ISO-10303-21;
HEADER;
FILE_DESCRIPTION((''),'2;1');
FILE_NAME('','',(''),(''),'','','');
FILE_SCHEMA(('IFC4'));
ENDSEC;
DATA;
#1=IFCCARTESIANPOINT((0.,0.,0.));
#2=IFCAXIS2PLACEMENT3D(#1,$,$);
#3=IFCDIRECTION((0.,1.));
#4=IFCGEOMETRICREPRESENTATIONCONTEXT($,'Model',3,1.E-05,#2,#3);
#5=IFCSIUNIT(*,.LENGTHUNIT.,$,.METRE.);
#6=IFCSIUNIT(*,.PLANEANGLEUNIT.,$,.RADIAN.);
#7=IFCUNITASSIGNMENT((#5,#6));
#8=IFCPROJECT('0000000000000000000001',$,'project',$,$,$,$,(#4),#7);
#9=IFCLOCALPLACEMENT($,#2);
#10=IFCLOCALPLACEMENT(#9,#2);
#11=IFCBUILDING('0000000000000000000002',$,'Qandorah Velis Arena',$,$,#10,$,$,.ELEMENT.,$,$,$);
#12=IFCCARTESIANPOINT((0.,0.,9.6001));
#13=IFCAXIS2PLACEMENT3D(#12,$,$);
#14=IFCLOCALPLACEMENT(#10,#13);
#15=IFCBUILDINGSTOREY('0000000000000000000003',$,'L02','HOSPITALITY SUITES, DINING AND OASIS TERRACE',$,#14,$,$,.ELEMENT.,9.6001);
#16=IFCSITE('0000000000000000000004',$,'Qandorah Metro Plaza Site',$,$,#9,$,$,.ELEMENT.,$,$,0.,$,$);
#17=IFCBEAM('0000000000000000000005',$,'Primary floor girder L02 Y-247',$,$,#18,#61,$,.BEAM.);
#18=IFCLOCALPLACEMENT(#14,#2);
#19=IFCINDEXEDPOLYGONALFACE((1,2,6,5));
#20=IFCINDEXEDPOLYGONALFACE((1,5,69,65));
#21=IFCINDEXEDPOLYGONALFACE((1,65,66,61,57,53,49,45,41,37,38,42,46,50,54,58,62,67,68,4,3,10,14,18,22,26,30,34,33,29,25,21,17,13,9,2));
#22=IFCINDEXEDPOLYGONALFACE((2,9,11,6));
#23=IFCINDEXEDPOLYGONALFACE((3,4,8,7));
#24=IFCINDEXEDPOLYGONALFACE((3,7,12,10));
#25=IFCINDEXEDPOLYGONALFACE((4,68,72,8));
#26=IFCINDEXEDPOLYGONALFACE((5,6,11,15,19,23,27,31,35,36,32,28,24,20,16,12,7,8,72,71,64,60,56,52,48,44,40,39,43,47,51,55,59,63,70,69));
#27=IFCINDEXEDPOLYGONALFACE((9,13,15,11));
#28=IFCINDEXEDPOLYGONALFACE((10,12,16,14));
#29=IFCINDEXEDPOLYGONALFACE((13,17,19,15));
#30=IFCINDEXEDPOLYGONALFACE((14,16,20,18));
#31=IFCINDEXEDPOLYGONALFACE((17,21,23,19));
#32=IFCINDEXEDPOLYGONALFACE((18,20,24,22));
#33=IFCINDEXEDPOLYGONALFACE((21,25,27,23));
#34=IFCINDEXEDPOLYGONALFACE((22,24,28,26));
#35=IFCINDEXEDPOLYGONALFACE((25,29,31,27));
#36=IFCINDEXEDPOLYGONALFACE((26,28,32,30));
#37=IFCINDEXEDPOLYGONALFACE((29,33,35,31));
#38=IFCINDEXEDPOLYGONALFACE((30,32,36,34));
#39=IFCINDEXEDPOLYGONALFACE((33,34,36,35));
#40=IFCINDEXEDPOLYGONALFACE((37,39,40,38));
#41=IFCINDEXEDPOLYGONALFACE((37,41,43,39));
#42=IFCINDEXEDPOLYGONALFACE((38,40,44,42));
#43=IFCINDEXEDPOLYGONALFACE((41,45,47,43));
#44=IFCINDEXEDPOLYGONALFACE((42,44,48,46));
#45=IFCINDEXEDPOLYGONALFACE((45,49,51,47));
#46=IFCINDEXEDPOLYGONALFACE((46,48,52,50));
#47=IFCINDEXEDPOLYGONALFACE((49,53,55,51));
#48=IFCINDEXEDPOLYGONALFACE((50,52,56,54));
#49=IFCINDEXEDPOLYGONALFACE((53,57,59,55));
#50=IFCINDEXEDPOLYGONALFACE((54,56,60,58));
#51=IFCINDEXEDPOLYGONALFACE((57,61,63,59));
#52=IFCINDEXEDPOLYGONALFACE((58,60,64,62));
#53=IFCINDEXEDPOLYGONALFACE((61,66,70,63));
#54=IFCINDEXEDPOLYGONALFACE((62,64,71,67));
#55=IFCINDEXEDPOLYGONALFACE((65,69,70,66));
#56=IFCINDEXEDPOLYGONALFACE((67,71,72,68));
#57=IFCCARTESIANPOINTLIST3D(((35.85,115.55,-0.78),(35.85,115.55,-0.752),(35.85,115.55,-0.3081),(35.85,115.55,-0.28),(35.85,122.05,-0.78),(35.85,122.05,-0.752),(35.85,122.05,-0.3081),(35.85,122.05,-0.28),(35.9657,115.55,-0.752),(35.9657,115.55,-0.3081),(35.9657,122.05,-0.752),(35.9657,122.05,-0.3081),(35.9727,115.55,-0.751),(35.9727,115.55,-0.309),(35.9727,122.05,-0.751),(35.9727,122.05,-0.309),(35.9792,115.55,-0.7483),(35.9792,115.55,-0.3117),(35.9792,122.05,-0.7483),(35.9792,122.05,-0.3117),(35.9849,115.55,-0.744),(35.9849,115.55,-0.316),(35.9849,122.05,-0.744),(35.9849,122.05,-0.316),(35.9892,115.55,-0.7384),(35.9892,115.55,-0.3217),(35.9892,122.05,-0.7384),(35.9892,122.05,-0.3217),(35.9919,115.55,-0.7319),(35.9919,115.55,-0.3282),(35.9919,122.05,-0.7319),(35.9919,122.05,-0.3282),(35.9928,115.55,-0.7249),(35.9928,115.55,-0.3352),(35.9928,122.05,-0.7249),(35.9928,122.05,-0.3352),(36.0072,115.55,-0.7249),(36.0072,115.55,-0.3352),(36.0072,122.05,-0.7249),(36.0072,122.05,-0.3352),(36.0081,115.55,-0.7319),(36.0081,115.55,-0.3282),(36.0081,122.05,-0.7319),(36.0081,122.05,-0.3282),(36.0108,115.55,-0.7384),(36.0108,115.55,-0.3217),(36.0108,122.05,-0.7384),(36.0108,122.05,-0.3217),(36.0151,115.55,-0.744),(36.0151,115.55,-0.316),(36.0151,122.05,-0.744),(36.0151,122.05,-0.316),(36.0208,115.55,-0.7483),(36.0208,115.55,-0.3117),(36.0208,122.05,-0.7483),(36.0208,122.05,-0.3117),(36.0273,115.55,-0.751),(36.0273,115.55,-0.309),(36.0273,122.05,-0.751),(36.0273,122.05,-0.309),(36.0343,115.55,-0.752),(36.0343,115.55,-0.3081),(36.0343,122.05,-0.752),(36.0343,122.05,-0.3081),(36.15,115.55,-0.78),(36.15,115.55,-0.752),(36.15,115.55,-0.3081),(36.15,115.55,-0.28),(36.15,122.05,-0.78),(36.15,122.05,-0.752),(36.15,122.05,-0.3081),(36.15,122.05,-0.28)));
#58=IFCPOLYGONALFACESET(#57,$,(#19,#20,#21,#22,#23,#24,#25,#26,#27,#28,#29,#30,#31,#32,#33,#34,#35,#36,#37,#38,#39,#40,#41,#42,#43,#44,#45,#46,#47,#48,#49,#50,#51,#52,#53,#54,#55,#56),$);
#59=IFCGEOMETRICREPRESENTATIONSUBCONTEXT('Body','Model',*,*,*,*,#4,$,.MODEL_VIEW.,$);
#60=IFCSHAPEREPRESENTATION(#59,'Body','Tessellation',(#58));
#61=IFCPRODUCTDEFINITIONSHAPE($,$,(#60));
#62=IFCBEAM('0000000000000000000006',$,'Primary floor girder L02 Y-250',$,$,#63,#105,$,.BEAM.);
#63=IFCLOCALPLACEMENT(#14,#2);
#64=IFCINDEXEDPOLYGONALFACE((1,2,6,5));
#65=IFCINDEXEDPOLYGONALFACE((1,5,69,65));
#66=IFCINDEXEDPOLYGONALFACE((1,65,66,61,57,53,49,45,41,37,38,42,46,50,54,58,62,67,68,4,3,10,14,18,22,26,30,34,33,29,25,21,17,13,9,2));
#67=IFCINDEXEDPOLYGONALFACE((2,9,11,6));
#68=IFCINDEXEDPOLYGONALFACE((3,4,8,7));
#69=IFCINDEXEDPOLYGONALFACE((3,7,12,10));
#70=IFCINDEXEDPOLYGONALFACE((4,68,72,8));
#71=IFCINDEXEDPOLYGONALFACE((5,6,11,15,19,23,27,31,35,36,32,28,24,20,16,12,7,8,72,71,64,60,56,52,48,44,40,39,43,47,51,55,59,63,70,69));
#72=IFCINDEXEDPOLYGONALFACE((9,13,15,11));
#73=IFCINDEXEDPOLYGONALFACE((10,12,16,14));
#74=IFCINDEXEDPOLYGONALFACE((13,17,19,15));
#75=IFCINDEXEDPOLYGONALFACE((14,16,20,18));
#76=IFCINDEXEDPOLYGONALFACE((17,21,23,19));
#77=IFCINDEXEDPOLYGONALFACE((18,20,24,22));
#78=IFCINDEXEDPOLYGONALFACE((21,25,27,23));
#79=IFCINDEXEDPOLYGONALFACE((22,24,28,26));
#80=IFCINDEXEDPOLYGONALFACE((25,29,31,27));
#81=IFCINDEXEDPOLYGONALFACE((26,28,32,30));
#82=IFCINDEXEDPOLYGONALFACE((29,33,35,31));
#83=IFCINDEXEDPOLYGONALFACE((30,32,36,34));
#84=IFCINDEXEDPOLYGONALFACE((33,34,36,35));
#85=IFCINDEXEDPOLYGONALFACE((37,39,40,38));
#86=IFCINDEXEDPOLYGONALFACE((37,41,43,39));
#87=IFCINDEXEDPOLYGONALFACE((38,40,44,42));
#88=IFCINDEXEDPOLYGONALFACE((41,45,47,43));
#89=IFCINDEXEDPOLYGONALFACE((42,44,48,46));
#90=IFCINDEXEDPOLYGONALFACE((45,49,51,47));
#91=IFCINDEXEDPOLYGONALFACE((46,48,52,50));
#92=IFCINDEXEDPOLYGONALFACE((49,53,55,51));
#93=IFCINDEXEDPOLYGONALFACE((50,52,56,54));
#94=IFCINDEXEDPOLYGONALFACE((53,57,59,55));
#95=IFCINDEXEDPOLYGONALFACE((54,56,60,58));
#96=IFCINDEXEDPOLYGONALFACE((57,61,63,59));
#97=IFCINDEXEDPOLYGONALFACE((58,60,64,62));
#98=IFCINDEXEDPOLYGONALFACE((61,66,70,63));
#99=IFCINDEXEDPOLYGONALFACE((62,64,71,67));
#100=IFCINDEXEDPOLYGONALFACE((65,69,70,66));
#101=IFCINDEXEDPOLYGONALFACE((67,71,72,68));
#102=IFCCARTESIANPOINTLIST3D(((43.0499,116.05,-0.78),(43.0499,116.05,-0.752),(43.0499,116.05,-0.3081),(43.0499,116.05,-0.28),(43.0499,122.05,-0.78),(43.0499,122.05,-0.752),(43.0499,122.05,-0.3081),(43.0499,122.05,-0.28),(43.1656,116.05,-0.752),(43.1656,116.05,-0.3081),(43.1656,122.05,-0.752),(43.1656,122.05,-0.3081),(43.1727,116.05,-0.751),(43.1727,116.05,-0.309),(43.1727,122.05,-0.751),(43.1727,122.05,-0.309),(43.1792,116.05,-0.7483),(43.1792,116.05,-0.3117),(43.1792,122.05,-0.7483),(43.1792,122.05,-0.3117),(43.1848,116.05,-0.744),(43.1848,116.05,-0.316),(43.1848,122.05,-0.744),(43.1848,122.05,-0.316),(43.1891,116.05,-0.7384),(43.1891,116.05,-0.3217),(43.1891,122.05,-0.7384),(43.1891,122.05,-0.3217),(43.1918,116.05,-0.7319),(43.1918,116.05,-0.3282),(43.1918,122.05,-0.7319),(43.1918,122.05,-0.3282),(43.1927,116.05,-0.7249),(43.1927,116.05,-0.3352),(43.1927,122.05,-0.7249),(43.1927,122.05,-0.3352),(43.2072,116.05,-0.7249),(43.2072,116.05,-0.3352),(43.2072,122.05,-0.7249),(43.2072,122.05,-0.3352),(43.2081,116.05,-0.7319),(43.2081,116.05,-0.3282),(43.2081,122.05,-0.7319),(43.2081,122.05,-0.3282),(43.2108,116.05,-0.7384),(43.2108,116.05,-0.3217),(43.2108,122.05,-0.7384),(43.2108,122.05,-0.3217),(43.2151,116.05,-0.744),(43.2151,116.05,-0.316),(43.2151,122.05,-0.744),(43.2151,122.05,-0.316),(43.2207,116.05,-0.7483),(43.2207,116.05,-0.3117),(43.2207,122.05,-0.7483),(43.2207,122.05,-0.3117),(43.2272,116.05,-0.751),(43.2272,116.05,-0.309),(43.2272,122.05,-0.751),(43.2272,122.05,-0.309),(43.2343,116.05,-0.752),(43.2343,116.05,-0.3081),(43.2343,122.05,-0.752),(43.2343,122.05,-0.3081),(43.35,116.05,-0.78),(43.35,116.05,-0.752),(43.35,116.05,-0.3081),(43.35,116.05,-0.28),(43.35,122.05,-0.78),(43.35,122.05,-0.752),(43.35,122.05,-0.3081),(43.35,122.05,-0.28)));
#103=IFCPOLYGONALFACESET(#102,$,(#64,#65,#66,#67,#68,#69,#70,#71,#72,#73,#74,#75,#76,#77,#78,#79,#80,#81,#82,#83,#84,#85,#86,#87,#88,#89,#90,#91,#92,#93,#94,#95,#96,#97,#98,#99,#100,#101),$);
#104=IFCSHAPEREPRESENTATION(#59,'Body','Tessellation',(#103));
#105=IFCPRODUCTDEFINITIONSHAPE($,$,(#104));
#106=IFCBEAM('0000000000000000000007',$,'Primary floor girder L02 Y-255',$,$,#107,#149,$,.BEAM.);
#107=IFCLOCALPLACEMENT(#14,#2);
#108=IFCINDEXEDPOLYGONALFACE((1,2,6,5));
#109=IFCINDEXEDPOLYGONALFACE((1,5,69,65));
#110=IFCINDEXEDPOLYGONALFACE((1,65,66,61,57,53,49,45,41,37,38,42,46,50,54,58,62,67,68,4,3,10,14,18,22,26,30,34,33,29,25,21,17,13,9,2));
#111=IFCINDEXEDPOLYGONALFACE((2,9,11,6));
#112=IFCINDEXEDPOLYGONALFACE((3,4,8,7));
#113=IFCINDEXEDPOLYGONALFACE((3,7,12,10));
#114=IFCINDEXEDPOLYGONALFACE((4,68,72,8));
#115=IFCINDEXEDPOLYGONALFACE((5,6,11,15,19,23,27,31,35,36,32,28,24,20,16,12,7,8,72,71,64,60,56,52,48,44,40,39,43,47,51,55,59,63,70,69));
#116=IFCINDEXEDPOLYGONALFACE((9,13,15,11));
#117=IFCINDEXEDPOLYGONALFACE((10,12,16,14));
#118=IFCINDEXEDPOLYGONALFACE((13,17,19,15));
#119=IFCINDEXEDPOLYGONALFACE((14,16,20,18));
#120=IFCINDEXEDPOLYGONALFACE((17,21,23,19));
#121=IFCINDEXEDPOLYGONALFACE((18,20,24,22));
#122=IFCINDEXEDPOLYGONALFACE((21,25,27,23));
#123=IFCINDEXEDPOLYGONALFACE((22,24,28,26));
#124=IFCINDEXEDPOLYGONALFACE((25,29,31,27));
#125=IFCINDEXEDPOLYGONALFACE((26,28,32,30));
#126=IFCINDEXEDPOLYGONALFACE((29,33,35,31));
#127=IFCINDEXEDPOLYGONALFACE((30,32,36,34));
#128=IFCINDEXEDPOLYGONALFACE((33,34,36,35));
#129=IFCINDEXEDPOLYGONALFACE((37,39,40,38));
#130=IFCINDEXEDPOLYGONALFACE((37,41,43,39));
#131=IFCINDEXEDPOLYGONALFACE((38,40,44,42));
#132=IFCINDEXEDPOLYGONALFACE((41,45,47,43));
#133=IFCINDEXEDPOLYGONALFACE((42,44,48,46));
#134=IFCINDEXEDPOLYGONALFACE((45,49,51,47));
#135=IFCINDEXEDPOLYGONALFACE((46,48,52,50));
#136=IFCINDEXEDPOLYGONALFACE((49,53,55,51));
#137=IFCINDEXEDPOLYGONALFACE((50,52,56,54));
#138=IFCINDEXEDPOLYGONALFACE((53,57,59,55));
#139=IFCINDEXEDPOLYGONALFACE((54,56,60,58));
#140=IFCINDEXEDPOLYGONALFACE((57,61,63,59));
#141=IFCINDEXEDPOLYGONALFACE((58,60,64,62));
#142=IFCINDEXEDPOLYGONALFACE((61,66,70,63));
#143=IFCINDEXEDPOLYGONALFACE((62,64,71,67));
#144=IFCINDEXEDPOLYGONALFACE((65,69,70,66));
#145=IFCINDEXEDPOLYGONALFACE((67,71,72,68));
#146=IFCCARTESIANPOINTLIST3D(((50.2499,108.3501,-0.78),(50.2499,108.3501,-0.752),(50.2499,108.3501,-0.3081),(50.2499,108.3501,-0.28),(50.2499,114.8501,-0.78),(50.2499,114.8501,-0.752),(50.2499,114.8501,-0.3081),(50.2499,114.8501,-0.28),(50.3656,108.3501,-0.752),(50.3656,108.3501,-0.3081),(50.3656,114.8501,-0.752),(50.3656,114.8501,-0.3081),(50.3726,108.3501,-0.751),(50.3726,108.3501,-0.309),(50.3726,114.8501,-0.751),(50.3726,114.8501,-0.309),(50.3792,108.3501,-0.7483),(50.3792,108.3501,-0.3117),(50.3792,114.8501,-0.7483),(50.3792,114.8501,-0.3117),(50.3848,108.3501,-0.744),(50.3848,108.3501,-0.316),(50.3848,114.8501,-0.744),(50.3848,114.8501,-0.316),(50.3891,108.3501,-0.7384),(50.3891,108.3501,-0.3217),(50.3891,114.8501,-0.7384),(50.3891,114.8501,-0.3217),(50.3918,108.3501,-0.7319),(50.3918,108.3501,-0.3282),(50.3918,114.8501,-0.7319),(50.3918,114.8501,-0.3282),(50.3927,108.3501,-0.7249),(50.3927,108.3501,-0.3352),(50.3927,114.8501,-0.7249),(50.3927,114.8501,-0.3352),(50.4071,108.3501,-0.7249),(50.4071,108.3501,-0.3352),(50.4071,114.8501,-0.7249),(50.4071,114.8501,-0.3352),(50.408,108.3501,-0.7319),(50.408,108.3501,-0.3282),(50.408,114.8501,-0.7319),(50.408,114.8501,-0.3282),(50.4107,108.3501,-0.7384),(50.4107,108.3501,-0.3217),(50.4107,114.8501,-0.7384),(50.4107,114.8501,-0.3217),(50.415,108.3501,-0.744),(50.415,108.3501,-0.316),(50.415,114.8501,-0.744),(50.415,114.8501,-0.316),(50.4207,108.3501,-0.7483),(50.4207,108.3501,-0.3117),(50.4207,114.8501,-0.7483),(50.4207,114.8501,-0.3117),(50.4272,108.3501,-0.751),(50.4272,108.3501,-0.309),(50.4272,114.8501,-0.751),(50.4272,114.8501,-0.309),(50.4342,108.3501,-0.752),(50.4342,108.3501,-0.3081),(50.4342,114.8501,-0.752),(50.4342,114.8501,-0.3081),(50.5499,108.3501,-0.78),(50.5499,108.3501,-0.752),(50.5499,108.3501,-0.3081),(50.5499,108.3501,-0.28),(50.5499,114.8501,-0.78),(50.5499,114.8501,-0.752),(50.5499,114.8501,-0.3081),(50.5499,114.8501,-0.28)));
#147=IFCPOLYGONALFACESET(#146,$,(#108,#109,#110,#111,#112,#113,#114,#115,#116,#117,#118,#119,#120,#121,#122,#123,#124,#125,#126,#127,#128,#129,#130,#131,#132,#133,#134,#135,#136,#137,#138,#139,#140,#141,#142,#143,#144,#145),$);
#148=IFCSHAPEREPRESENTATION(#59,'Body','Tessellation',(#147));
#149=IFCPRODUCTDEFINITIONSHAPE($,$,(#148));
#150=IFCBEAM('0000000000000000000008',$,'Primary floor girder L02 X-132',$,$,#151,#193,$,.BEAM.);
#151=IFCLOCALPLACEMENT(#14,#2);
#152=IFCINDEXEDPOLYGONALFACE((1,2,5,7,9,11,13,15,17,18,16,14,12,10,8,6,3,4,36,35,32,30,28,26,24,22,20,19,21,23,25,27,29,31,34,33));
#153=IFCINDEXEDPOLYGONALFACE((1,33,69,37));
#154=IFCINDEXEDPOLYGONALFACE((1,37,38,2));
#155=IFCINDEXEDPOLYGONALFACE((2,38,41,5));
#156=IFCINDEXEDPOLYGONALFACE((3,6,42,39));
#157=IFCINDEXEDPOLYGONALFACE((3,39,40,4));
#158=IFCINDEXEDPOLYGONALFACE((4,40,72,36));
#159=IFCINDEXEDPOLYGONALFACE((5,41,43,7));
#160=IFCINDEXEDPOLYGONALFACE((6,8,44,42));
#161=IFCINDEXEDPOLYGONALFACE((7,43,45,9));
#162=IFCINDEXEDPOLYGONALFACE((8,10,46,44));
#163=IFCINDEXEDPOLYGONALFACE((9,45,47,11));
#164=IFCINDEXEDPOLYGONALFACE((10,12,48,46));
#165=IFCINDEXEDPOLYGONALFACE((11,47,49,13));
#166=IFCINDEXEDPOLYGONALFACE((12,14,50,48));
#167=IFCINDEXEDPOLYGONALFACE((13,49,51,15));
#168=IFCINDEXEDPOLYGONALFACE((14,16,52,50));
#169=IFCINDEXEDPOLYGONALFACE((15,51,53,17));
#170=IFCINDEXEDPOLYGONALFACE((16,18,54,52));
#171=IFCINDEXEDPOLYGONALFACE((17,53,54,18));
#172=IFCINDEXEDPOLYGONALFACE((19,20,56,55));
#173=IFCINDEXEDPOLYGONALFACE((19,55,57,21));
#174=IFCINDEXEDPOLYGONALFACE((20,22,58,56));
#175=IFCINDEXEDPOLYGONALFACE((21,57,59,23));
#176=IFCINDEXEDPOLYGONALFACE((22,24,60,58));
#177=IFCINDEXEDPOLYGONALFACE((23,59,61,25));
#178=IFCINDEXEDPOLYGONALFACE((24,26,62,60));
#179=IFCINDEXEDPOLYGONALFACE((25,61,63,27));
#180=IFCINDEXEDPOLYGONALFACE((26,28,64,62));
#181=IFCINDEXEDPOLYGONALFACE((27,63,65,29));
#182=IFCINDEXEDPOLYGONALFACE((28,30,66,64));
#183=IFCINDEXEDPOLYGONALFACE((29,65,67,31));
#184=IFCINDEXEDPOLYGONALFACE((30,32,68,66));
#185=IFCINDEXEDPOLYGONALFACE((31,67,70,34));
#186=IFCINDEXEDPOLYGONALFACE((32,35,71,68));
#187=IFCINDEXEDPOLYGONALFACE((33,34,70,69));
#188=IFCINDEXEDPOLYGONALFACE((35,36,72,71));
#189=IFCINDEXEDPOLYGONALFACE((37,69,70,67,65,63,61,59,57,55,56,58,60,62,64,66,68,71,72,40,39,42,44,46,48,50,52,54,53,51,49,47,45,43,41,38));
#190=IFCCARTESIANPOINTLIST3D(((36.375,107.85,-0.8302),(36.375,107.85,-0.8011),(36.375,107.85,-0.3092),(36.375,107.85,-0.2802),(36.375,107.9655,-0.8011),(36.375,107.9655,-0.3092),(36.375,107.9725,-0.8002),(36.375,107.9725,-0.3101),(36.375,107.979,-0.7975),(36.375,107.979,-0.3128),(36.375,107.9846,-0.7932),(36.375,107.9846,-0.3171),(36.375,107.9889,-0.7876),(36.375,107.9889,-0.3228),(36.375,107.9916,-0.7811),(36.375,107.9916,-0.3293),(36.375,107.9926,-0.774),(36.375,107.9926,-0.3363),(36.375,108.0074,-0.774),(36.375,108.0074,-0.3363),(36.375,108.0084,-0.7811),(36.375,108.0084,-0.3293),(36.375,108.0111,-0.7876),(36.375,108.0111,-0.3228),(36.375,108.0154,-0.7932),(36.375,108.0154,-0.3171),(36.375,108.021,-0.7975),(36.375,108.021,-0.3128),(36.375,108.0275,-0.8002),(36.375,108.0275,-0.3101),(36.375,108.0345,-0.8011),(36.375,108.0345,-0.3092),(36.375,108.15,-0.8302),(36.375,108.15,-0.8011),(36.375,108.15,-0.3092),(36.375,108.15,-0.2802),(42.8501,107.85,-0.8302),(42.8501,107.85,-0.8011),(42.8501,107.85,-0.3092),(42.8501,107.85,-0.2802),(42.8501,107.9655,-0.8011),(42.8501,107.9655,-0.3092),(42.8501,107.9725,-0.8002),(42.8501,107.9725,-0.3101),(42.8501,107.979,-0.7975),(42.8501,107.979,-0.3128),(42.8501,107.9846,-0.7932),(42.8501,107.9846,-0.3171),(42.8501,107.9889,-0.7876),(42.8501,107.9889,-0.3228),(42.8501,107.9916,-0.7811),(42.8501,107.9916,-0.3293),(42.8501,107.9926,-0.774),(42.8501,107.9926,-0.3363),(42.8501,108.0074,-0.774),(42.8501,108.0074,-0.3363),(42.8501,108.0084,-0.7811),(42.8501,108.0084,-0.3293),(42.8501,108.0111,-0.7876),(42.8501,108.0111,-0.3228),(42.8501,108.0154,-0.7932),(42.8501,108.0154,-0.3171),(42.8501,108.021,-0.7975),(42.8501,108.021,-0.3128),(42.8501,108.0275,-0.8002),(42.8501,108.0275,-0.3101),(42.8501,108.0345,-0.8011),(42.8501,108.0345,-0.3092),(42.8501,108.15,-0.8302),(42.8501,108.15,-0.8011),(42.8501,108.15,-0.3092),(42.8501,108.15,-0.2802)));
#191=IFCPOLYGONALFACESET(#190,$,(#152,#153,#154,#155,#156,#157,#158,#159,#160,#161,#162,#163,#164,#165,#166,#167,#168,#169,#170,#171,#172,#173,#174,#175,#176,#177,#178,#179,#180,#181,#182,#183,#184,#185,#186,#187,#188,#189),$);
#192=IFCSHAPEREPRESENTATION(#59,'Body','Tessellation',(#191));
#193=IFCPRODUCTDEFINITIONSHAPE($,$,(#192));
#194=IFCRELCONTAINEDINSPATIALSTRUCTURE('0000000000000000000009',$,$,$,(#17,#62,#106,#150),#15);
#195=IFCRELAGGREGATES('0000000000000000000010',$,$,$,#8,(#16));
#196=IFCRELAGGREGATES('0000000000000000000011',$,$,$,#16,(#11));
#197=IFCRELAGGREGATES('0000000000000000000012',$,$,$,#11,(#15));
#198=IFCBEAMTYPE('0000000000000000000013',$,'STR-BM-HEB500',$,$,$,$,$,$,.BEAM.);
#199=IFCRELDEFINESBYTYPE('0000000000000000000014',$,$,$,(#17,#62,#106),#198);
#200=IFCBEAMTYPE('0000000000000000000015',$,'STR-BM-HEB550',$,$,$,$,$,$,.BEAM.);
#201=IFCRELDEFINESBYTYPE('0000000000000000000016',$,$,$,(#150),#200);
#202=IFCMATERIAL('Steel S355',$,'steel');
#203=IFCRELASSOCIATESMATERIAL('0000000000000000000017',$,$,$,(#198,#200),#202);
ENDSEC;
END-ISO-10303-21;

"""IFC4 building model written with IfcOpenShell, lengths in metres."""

from ifc_helpers import new_model, si_unit, direction, frame, origin, origin_2d, place, context, subcontext, project, spatial, i_section, extrude, material, material_profile, profile_set, type_object, element, save


model = new_model("IFC4")

# Units and contexts
model_context = context("Model", 3, precision=1e-05, world=origin(), true_north=direction((0.0, 1.0)))
body_context = subcontext(model_context, "Body", "Model", "MODEL_VIEW")
ifc_project = project(units=[si_unit("LENGTHUNIT", "METRE"), si_unit("PLANEANGLEUNIT", "RADIAN")], contexts=[model_context])

# Site, building, storey
site_placement = place(None, origin())
site = spatial("IfcSite", under=ifc_project, at=site_placement, Name="Qandorah Metro Plaza Site", CompositionType="ELEMENT", RefElevation=0.0)
building_placement = place(site_placement, origin())
building = spatial("IfcBuilding", under=site, at=building_placement, Name="Qandorah Velis Arena", CompositionType="ELEMENT")
storey_placement = place(building_placement, frame((0.0, 0.0, 9.6001)))
storey = spatial("IfcBuildingStorey", under=building, at=storey_placement, Name="L02", Description="HOSPITALITY SUITES, DINING AND OASIS TERRACE", CompositionType="ELEMENT", Elevation=9.6001)

# Shared definitions
ifc_material_1 = material(Name="Steel S355", Category="steel")

# Beams
ifc_material_profile_1 = material_profile(ifc_material_1, i_section(OverallWidth=0.3, OverallDepth=0.5, WebThickness=0.0144, FlangeThickness=0.0281, FilletRadius=0.0271, at=origin_2d()), Name="HEB 500")
ifc_profile_set_1 = profile_set([ifc_material_profile_1], Name="Steel S355")
beam_type_1 = type_object("IfcBeamType", Name="STR-BM-HEB500", PredefinedType="BEAM", material=ifc_profile_set_1)
beam_1_placement = place(storey_placement, frame((36.0, 115.55, -0.53), z_axis=(0.0, 1.0, 0.0), x_axis=(-1.0, 0.0, 0.0)))
element("IfcBeam", 1, at=beam_1_placement, inside=storey, type_object=beam_type_1, Name="Primary floor girder L02 Y-247", PredefinedType="BEAM", context=body_context, shape_type="SweptSolid", body=[
    extrude(i_section(OverallWidth=0.3, OverallDepth=0.5, WebThickness=0.0144, FlangeThickness=0.0281, FilletRadius=0.0271, at=origin_2d()), origin(), (0.0, 0.0, 1.0), 6.5),
])
beam_2_placement = place(storey_placement, frame((43.2, 116.05, -0.53), z_axis=(0.0, 1.0, 0.0), x_axis=(-1.0, 0.0, 0.0)))
element("IfcBeam", 2, at=beam_2_placement, inside=storey, type_object=beam_type_1, Name="Primary floor girder L02 Y-250", PredefinedType="BEAM", context=body_context, shape_type="SweptSolid", body=[
    extrude(i_section(OverallWidth=0.3, OverallDepth=0.5, WebThickness=0.0144, FlangeThickness=0.0281, FilletRadius=0.0271, at=origin_2d()), origin(), (0.0, 0.0, 1.0), 6.0),
])
beam_3_placement = place(storey_placement, frame((50.3999, 108.3501, -0.53), z_axis=(0.0, 1.0, 0.0), x_axis=(-1.0, 0.0, 0.0)))
element("IfcBeam", 3, at=beam_3_placement, inside=storey, type_object=beam_type_1, Name="Primary floor girder L02 Y-255", PredefinedType="BEAM", context=body_context, shape_type="SweptSolid", body=[
    extrude(i_section(OverallWidth=0.3, OverallDepth=0.5, WebThickness=0.0144, FlangeThickness=0.0281, FilletRadius=0.0271, at=origin_2d()), origin(), (0.0, 0.0, 1.0), 6.5),
])
ifc_material_profile_2 = material_profile(ifc_material_1, i_section(OverallWidth=0.3, OverallDepth=0.55, WebThickness=0.0149, FlangeThickness=0.0291, FilletRadius=0.0271, at=origin_2d()), Name="HEB 550")
ifc_profile_set_2 = profile_set([ifc_material_profile_2], Name="Steel S355")
beam_type_2 = type_object("IfcBeamType", Name="STR-BM-HEB550", PredefinedType="BEAM", material=ifc_profile_set_2)
beam_4_placement = place(storey_placement, frame((36.375, 108.0, -0.5552), z_axis=(1.0, 0.0, 0.0), x_axis=(0.0, 1.0, 0.0)))
element("IfcBeam", 4, at=beam_4_placement, inside=storey, type_object=beam_type_2, Name="Primary floor girder L02 X-132", PredefinedType="BEAM", context=body_context, shape_type="SweptSolid", body=[
    extrude(i_section(OverallWidth=0.3, OverallDepth=0.55, WebThickness=0.0149, FlangeThickness=0.0291, FilletRadius=0.0271, at=origin_2d()), origin(), (0.0, 0.0, 1.0), 6.4751),
])

save(model, "model.ifc")
